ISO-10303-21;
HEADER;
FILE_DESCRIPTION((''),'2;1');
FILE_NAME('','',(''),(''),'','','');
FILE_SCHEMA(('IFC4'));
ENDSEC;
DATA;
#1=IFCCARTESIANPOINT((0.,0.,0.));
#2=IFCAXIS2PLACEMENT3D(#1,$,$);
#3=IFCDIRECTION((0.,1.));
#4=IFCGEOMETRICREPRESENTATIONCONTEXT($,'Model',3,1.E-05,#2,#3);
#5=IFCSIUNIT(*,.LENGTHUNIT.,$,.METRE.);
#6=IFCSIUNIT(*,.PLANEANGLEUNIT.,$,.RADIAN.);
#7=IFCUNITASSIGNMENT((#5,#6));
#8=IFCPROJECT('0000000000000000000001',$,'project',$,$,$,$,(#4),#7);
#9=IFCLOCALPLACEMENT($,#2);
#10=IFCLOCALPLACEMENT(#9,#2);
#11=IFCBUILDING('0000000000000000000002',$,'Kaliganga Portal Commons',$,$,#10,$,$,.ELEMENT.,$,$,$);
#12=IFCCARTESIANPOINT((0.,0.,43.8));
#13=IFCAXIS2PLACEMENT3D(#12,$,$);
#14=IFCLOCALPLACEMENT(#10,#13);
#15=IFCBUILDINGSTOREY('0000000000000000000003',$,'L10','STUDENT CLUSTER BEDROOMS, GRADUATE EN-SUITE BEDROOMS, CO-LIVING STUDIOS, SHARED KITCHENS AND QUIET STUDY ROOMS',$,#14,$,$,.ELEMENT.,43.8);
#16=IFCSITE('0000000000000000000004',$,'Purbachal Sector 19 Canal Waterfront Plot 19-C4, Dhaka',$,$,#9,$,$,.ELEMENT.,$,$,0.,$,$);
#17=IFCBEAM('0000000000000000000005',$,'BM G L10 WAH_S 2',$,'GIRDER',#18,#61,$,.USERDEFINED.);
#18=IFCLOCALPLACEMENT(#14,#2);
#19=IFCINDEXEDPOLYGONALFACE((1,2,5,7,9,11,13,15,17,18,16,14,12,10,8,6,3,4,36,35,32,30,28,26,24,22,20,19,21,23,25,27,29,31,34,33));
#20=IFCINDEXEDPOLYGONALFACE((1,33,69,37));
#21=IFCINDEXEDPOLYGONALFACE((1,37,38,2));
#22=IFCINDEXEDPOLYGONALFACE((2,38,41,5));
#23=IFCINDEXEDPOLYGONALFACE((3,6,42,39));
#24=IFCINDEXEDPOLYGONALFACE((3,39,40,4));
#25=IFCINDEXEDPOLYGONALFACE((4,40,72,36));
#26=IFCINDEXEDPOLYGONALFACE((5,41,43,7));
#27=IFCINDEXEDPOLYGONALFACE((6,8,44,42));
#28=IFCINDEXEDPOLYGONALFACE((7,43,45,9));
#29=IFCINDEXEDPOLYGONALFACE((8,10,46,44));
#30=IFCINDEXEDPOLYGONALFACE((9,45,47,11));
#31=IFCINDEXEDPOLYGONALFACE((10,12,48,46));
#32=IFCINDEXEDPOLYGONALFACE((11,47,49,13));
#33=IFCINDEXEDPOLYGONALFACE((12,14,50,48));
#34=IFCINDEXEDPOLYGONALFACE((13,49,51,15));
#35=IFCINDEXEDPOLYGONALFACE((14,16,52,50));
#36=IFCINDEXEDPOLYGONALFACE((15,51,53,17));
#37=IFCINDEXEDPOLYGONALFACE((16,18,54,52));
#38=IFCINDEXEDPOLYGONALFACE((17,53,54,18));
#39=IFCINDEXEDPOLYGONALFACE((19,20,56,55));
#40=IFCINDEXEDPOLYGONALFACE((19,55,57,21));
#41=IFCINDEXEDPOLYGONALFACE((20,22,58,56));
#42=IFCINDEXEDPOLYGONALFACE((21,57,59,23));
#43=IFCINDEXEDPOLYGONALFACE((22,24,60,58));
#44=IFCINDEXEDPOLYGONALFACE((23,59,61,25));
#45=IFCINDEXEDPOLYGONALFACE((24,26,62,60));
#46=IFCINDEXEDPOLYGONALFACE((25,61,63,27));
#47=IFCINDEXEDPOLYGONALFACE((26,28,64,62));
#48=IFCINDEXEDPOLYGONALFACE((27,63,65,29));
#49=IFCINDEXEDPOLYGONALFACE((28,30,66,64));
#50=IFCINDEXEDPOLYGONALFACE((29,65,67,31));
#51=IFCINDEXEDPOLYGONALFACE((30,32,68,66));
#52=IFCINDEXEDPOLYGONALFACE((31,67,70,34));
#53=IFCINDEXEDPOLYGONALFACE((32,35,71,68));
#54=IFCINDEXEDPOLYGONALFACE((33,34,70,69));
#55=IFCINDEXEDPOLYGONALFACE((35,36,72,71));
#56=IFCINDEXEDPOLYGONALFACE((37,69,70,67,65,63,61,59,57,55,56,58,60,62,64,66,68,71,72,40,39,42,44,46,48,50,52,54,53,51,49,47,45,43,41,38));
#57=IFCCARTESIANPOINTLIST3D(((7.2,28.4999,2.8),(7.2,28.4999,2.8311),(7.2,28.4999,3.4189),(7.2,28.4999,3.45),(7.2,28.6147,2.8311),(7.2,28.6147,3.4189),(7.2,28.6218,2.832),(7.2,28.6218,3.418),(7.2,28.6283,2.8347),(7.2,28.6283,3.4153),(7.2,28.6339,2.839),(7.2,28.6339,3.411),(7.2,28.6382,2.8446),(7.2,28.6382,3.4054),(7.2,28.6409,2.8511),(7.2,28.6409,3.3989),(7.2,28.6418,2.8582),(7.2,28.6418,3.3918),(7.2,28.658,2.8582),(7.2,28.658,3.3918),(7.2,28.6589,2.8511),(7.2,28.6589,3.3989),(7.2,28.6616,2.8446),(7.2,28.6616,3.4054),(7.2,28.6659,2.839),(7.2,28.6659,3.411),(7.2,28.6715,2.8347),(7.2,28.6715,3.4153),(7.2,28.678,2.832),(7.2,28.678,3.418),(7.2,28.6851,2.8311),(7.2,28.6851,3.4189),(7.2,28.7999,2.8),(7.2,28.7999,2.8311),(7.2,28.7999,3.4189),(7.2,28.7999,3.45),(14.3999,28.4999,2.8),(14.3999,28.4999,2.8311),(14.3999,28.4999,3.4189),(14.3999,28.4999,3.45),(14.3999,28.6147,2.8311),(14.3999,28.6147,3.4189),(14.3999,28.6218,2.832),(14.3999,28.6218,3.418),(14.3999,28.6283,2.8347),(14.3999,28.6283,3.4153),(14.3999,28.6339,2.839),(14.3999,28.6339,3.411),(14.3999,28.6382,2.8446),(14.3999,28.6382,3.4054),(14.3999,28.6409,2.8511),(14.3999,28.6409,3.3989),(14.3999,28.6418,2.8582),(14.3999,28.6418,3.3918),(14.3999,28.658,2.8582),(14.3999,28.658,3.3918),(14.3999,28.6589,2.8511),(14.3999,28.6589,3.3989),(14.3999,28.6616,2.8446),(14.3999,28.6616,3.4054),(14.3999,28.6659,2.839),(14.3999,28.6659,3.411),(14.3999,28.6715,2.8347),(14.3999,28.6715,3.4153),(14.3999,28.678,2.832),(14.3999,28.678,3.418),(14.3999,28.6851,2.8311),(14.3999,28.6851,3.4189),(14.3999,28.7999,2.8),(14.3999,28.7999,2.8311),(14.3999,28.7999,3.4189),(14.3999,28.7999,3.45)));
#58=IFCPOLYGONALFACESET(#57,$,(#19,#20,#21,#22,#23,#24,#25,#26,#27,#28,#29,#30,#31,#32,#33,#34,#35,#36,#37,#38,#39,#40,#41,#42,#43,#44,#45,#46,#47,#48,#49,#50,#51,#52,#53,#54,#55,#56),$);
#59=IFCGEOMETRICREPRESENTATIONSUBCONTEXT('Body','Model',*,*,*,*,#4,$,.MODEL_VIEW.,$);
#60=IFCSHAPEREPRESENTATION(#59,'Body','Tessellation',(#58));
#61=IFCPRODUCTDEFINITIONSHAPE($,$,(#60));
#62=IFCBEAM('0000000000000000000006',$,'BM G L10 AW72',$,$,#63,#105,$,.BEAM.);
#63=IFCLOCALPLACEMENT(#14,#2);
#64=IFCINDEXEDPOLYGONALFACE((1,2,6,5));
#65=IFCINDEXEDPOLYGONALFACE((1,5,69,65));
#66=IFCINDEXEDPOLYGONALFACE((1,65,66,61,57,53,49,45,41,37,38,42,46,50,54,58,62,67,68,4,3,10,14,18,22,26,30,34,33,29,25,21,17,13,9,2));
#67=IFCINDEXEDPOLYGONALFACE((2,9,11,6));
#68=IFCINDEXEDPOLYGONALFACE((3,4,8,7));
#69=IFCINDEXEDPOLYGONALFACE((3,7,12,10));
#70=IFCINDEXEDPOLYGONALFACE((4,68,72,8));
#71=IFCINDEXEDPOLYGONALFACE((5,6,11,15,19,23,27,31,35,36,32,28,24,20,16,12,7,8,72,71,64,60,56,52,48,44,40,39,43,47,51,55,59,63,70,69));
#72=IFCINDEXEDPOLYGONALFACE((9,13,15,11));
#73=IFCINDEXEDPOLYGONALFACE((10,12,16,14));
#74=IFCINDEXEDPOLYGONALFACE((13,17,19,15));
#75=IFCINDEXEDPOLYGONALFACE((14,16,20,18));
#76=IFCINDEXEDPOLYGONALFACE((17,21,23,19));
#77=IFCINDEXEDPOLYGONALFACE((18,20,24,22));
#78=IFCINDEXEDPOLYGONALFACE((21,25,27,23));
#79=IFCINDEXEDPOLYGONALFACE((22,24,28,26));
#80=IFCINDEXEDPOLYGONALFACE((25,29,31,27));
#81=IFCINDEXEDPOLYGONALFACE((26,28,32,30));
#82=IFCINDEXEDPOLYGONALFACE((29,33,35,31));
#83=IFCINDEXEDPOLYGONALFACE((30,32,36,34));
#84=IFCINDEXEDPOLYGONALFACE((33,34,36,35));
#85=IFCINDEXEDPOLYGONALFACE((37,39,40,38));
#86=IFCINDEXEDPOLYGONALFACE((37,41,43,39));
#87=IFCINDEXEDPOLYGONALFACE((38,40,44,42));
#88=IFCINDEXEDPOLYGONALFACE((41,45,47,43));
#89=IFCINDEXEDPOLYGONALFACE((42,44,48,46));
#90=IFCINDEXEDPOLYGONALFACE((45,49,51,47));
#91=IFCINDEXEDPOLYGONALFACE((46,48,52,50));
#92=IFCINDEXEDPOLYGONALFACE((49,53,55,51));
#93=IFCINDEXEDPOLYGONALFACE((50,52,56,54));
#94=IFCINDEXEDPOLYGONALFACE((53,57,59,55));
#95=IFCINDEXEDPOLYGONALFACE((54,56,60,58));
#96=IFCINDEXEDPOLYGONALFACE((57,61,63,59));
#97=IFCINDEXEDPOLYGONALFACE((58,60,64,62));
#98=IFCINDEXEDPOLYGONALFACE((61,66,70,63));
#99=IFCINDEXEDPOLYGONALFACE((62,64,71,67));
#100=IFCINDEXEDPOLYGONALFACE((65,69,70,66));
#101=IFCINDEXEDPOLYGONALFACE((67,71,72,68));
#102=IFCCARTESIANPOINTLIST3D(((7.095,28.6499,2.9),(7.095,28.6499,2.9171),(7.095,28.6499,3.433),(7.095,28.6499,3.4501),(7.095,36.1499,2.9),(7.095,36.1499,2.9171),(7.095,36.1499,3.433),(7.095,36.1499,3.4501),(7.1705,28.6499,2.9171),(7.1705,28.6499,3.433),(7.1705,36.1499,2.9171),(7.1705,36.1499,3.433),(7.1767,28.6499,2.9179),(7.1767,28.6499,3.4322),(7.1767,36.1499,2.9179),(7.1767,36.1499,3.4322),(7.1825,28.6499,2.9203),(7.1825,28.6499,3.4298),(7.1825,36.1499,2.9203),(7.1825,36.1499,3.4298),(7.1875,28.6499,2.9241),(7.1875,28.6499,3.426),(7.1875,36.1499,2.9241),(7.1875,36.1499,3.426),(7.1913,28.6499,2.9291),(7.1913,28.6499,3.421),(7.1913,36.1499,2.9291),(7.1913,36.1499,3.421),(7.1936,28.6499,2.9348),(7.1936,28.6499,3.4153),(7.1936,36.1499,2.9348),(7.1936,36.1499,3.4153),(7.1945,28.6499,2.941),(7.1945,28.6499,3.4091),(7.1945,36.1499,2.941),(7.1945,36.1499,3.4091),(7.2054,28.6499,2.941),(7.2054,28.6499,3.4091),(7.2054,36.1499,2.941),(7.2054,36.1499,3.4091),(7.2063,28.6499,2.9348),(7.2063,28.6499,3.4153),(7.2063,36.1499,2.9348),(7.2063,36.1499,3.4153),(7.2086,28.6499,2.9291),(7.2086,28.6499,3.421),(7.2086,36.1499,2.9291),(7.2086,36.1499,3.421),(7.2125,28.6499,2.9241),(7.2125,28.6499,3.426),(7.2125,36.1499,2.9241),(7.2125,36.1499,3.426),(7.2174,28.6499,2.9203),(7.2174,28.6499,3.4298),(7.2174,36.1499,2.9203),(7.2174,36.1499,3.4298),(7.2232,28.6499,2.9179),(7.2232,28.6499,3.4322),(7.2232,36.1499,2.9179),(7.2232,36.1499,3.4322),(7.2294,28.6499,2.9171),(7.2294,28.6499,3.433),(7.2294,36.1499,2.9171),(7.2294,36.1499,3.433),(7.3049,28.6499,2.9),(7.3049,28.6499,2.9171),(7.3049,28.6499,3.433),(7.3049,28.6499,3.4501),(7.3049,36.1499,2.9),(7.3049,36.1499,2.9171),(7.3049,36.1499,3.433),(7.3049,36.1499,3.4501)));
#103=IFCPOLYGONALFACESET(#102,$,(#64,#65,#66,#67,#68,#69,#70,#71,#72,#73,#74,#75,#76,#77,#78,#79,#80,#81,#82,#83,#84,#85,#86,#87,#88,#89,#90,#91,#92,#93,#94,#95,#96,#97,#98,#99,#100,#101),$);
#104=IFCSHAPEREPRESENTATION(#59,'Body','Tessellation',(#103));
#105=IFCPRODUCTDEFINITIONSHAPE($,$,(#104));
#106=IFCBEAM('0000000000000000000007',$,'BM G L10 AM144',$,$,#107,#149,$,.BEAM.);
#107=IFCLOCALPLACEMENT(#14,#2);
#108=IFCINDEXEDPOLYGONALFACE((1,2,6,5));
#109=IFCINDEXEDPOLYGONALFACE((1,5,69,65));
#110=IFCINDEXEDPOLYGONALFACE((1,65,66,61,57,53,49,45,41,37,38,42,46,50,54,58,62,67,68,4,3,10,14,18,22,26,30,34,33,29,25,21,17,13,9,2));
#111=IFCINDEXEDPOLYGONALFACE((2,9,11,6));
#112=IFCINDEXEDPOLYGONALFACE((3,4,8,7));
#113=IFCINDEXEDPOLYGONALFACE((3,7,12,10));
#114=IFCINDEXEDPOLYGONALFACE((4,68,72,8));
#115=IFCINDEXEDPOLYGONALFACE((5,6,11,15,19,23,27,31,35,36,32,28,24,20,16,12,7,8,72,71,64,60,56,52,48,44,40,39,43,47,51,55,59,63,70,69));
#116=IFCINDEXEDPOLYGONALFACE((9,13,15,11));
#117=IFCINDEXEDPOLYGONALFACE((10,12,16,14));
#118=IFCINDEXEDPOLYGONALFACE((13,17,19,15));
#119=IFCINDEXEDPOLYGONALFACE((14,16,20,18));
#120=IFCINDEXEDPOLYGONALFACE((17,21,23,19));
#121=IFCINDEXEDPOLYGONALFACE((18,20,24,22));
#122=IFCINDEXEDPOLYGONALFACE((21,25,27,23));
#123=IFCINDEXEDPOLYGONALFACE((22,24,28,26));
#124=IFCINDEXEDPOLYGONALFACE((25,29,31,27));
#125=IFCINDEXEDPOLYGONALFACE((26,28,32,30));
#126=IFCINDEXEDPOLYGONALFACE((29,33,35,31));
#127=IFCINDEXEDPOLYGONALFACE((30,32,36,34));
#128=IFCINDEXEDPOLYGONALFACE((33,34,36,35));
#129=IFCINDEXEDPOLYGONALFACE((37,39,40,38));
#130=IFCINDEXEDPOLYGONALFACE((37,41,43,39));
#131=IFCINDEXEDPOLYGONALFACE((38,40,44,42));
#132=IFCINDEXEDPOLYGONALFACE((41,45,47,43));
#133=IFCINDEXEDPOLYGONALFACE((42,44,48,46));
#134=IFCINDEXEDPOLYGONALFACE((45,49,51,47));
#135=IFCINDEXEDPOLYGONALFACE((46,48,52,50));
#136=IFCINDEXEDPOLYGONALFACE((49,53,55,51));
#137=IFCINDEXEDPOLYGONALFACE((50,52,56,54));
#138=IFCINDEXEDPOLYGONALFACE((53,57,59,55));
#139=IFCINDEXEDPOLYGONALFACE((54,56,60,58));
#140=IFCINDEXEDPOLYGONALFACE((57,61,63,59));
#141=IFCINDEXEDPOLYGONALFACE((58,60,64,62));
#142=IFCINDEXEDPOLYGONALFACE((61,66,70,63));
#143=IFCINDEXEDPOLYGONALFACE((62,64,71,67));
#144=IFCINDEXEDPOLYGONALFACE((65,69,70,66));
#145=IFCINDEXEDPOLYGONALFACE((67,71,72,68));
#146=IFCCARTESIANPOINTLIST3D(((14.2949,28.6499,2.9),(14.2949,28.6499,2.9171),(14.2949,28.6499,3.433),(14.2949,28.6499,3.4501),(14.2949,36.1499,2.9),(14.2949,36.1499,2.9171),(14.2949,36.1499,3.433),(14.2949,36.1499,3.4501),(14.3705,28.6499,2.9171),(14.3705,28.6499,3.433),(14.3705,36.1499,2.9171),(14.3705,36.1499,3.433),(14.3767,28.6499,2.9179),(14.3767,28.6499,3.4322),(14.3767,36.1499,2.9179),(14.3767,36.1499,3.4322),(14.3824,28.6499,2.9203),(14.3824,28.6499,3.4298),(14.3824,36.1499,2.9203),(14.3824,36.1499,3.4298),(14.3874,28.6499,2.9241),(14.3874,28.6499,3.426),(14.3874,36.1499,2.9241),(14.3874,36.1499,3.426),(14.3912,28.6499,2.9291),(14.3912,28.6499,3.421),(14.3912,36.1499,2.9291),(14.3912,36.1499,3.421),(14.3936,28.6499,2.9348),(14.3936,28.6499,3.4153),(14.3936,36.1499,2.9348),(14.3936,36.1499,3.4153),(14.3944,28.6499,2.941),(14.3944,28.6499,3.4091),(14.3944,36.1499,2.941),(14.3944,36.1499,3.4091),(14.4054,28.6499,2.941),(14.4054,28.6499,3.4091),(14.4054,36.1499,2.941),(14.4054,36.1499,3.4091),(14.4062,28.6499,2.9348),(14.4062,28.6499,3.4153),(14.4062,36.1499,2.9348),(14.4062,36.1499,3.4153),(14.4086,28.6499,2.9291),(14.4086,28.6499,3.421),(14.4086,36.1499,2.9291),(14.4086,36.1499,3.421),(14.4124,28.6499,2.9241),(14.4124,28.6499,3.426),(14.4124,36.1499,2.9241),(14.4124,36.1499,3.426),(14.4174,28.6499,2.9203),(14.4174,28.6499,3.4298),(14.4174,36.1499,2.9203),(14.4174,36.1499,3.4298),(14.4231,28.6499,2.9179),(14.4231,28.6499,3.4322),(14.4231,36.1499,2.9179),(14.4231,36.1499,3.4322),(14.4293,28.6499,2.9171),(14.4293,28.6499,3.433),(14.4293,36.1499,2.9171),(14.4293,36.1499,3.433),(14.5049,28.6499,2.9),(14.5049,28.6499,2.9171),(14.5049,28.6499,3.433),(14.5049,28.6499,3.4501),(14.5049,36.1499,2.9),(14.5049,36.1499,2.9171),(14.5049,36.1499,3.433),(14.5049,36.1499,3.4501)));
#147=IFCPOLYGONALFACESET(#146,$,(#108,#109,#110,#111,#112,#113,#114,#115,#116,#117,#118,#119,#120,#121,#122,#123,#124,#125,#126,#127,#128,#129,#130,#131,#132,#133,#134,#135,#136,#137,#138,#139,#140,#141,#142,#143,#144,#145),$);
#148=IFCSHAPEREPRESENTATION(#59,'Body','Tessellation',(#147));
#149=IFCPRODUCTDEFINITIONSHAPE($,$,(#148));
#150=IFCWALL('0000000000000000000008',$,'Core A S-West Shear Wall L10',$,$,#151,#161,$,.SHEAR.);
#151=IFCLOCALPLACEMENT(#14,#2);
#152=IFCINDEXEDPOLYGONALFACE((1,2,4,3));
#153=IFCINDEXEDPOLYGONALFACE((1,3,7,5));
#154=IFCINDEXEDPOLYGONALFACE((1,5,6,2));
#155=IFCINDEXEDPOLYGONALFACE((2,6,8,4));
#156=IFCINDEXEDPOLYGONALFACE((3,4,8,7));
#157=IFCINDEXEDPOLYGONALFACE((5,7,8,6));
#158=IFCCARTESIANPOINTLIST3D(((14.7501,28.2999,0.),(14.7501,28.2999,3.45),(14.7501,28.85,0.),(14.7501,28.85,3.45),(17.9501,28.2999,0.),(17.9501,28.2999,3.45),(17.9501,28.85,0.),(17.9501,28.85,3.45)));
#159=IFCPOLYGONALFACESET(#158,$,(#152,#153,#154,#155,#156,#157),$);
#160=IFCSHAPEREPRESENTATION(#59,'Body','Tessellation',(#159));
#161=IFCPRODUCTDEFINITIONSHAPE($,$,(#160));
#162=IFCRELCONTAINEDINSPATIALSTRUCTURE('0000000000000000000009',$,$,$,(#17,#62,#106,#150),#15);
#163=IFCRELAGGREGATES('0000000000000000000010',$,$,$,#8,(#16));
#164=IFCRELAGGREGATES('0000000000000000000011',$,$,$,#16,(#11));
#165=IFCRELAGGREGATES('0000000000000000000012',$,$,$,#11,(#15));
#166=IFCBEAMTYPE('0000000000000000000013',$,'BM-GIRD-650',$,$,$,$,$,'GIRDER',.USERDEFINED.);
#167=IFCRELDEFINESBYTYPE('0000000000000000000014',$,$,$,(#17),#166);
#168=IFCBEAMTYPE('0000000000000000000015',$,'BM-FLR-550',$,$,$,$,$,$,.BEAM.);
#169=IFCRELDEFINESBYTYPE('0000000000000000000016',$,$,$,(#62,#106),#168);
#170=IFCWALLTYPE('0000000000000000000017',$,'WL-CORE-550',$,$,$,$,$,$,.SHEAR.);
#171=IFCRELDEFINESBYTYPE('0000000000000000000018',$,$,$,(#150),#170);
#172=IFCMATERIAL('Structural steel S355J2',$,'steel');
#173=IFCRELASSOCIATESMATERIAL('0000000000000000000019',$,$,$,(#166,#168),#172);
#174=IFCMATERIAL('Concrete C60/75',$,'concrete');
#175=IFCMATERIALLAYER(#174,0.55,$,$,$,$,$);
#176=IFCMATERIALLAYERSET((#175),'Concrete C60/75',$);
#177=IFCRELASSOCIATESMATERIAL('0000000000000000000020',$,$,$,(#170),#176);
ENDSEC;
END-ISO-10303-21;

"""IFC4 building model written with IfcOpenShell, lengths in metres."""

from ifc_helpers import new_model, si_unit, direction, frame, frame_2d, origin, origin_2d, place, context, subcontext, project, spatial, rectangle, i_section, extrude, source, transform, mapped, material, layer, layer_set, material_profile, profile_set, type_object, element, save


model = new_model("IFC4")

# Units and contexts
model_context = context("Model", 3, precision=1e-05, world=origin(), true_north=direction((0.0, 1.0)))
body_context = subcontext(model_context, "Body", "Model", "MODEL_VIEW")
ifc_project = project(units=[si_unit("LENGTHUNIT", "METRE"), si_unit("PLANEANGLEUNIT", "RADIAN")], contexts=[model_context])

# Site, building, storey
site_placement = place(None, origin())
site = spatial("IfcSite", under=ifc_project, at=site_placement, Name="Purbachal Sector 19 Canal Waterfront Plot 19-C4, Dhaka", CompositionType="ELEMENT", RefElevation=0.0)
building_placement = place(site_placement, origin())
building = spatial("IfcBuilding", under=site, at=building_placement, Name="Kaliganga Portal Commons", CompositionType="ELEMENT")
storey_placement = place(building_placement, frame((0.0, 0.0, 43.8)))
storey = spatial("IfcBuildingStorey", under=building, at=storey_placement, Name="L10", Description="STUDENT CLUSTER BEDROOMS, GRADUATE EN-SUITE BEDROOMS, CO-LIVING STUDIOS, SHARED KITCHENS AND QUIET STUDY ROOMS", CompositionType="ELEMENT", Elevation=43.8)

# Beams
ifc_material_1 = material(Name="Structural steel S355J2", Category="steel")
ifc_material_profile_1 = material_profile(ifc_material_1, i_section(OverallWidth=0.3, OverallDepth=0.6499, WebThickness=0.0161, FlangeThickness=0.031, FilletRadius=0.0271, at=origin_2d()), Name="HE 650 B")
ifc_profile_set_1 = profile_set([ifc_material_profile_1], Name="Structural steel S355J2 wide-flange")
beam_type_1 = type_object("IfcBeamType", Name="BM-GIRD-650", ElementType="GIRDER", PredefinedType="USERDEFINED", material=ifc_profile_set_1)
shared_shape_1 = source(origin(), body_context, "Body", "SweptSolid", [
    extrude(i_section(OverallWidth=0.3, OverallDepth=0.6499, WebThickness=0.0161, FlangeThickness=0.031, FilletRadius=0.0271, at=origin_2d()), origin(), (0.0, 0.0, 1.0), 7.2),
])
beam_1_placement = place(storey_placement, frame((7.2, 28.6499, 3.125), z_axis=(1.0, 0.0, 0.0), x_axis=(0.0, 1.0, 0.0)))
element("IfcBeam", 1, at=beam_1_placement, inside=storey, type_object=beam_type_1, Name="BM G L10 WAH_S 2", ObjectType="GIRDER", PredefinedType="USERDEFINED", context=body_context, shape_type="MappedRepresentation", body=[
    mapped(shared_shape_1, transform((0.0, 0.0, 0.0), x_axis=(1.0, 0.0, 0.0), y_axis=(0.0, 1.0, 0.0), z_axis=(0.0, 0.0, 1.0), scale=1.0)),
])
ifc_material_profile_2 = material_profile(ifc_material_1, i_section(OverallWidth=0.21, OverallDepth=0.55, WebThickness=0.011, FlangeThickness=0.0171, FilletRadius=0.0239, at=origin_2d()), Name="IPE 550")
ifc_profile_set_2 = profile_set([ifc_material_profile_2], Name="Structural steel S355J2 wide-flange")
beam_type_2 = type_object("IfcBeamType", Name="BM-FLR-550", PredefinedType="BEAM", material=ifc_profile_set_2)
shared_shape_2 = source(origin(), body_context, "Body", "SweptSolid", [
    extrude(i_section(OverallWidth=0.21, OverallDepth=0.55, WebThickness=0.011, FlangeThickness=0.0171, FilletRadius=0.0239, at=origin_2d()), origin(), (0.0, 0.0, 1.0), 7.5),
])
for number, where, z_axis, x_axis, name in (
    (2, (7.2, 28.6499, 3.175), (0.0, 1.0, 0.0), (-1.0, 0.0, 0.0), "BM G L10 AW72"),
    (3, (14.3999, 28.6499, 3.175), (0.0, 1.0, 0.0), (-1.0, 0.0, 0.0), "BM G L10 AM144"),
):
    element("IfcBeam", number, at=place(storey_placement, frame(where, z_axis=z_axis, x_axis=x_axis)), inside=storey, type_object=beam_type_2, Name=name, PredefinedType="BEAM", context=body_context, shape_type="MappedRepresentation", body=[
        mapped(shared_shape_2, transform((0.0, 0.0, 0.0), x_axis=(1.0, 0.0, 0.0), y_axis=(0.0, 1.0, 0.0), z_axis=(0.0, 0.0, 1.0), scale=1.0)),
    ])

# Wall
ifc_material_2 = material(Name="Concrete C60/75", Category="concrete")
ifc_layer_1 = layer(ifc_material_2, 0.55)
ifc_layer_set_1 = layer_set([ifc_layer_1], Name="Concrete C60/75")
wall_type_1 = type_object("IfcWallType", Name="WL-CORE-550", PredefinedType="SHEAR", material=ifc_layer_set_1)
wall_1_placement = place(storey_placement, frame((14.75, 28.575, 0.0), z_axis=(0.0, 0.0, 1.0), x_axis=(1.0, 0.0, 0.0)))
element("IfcWall", 4, at=wall_1_placement, inside=storey, type_object=wall_type_1, Name="Core A S-West Shear Wall L10", PredefinedType="SHEAR", context=body_context, shape_type="SweptSolid", body=[
    extrude(rectangle(XDim=3.2, YDim=0.55, at=frame_2d((1.6001, 0.0))), origin(), (0.0, 0.0, 1.0), 3.45),
])

save(model, "model.ifc")
